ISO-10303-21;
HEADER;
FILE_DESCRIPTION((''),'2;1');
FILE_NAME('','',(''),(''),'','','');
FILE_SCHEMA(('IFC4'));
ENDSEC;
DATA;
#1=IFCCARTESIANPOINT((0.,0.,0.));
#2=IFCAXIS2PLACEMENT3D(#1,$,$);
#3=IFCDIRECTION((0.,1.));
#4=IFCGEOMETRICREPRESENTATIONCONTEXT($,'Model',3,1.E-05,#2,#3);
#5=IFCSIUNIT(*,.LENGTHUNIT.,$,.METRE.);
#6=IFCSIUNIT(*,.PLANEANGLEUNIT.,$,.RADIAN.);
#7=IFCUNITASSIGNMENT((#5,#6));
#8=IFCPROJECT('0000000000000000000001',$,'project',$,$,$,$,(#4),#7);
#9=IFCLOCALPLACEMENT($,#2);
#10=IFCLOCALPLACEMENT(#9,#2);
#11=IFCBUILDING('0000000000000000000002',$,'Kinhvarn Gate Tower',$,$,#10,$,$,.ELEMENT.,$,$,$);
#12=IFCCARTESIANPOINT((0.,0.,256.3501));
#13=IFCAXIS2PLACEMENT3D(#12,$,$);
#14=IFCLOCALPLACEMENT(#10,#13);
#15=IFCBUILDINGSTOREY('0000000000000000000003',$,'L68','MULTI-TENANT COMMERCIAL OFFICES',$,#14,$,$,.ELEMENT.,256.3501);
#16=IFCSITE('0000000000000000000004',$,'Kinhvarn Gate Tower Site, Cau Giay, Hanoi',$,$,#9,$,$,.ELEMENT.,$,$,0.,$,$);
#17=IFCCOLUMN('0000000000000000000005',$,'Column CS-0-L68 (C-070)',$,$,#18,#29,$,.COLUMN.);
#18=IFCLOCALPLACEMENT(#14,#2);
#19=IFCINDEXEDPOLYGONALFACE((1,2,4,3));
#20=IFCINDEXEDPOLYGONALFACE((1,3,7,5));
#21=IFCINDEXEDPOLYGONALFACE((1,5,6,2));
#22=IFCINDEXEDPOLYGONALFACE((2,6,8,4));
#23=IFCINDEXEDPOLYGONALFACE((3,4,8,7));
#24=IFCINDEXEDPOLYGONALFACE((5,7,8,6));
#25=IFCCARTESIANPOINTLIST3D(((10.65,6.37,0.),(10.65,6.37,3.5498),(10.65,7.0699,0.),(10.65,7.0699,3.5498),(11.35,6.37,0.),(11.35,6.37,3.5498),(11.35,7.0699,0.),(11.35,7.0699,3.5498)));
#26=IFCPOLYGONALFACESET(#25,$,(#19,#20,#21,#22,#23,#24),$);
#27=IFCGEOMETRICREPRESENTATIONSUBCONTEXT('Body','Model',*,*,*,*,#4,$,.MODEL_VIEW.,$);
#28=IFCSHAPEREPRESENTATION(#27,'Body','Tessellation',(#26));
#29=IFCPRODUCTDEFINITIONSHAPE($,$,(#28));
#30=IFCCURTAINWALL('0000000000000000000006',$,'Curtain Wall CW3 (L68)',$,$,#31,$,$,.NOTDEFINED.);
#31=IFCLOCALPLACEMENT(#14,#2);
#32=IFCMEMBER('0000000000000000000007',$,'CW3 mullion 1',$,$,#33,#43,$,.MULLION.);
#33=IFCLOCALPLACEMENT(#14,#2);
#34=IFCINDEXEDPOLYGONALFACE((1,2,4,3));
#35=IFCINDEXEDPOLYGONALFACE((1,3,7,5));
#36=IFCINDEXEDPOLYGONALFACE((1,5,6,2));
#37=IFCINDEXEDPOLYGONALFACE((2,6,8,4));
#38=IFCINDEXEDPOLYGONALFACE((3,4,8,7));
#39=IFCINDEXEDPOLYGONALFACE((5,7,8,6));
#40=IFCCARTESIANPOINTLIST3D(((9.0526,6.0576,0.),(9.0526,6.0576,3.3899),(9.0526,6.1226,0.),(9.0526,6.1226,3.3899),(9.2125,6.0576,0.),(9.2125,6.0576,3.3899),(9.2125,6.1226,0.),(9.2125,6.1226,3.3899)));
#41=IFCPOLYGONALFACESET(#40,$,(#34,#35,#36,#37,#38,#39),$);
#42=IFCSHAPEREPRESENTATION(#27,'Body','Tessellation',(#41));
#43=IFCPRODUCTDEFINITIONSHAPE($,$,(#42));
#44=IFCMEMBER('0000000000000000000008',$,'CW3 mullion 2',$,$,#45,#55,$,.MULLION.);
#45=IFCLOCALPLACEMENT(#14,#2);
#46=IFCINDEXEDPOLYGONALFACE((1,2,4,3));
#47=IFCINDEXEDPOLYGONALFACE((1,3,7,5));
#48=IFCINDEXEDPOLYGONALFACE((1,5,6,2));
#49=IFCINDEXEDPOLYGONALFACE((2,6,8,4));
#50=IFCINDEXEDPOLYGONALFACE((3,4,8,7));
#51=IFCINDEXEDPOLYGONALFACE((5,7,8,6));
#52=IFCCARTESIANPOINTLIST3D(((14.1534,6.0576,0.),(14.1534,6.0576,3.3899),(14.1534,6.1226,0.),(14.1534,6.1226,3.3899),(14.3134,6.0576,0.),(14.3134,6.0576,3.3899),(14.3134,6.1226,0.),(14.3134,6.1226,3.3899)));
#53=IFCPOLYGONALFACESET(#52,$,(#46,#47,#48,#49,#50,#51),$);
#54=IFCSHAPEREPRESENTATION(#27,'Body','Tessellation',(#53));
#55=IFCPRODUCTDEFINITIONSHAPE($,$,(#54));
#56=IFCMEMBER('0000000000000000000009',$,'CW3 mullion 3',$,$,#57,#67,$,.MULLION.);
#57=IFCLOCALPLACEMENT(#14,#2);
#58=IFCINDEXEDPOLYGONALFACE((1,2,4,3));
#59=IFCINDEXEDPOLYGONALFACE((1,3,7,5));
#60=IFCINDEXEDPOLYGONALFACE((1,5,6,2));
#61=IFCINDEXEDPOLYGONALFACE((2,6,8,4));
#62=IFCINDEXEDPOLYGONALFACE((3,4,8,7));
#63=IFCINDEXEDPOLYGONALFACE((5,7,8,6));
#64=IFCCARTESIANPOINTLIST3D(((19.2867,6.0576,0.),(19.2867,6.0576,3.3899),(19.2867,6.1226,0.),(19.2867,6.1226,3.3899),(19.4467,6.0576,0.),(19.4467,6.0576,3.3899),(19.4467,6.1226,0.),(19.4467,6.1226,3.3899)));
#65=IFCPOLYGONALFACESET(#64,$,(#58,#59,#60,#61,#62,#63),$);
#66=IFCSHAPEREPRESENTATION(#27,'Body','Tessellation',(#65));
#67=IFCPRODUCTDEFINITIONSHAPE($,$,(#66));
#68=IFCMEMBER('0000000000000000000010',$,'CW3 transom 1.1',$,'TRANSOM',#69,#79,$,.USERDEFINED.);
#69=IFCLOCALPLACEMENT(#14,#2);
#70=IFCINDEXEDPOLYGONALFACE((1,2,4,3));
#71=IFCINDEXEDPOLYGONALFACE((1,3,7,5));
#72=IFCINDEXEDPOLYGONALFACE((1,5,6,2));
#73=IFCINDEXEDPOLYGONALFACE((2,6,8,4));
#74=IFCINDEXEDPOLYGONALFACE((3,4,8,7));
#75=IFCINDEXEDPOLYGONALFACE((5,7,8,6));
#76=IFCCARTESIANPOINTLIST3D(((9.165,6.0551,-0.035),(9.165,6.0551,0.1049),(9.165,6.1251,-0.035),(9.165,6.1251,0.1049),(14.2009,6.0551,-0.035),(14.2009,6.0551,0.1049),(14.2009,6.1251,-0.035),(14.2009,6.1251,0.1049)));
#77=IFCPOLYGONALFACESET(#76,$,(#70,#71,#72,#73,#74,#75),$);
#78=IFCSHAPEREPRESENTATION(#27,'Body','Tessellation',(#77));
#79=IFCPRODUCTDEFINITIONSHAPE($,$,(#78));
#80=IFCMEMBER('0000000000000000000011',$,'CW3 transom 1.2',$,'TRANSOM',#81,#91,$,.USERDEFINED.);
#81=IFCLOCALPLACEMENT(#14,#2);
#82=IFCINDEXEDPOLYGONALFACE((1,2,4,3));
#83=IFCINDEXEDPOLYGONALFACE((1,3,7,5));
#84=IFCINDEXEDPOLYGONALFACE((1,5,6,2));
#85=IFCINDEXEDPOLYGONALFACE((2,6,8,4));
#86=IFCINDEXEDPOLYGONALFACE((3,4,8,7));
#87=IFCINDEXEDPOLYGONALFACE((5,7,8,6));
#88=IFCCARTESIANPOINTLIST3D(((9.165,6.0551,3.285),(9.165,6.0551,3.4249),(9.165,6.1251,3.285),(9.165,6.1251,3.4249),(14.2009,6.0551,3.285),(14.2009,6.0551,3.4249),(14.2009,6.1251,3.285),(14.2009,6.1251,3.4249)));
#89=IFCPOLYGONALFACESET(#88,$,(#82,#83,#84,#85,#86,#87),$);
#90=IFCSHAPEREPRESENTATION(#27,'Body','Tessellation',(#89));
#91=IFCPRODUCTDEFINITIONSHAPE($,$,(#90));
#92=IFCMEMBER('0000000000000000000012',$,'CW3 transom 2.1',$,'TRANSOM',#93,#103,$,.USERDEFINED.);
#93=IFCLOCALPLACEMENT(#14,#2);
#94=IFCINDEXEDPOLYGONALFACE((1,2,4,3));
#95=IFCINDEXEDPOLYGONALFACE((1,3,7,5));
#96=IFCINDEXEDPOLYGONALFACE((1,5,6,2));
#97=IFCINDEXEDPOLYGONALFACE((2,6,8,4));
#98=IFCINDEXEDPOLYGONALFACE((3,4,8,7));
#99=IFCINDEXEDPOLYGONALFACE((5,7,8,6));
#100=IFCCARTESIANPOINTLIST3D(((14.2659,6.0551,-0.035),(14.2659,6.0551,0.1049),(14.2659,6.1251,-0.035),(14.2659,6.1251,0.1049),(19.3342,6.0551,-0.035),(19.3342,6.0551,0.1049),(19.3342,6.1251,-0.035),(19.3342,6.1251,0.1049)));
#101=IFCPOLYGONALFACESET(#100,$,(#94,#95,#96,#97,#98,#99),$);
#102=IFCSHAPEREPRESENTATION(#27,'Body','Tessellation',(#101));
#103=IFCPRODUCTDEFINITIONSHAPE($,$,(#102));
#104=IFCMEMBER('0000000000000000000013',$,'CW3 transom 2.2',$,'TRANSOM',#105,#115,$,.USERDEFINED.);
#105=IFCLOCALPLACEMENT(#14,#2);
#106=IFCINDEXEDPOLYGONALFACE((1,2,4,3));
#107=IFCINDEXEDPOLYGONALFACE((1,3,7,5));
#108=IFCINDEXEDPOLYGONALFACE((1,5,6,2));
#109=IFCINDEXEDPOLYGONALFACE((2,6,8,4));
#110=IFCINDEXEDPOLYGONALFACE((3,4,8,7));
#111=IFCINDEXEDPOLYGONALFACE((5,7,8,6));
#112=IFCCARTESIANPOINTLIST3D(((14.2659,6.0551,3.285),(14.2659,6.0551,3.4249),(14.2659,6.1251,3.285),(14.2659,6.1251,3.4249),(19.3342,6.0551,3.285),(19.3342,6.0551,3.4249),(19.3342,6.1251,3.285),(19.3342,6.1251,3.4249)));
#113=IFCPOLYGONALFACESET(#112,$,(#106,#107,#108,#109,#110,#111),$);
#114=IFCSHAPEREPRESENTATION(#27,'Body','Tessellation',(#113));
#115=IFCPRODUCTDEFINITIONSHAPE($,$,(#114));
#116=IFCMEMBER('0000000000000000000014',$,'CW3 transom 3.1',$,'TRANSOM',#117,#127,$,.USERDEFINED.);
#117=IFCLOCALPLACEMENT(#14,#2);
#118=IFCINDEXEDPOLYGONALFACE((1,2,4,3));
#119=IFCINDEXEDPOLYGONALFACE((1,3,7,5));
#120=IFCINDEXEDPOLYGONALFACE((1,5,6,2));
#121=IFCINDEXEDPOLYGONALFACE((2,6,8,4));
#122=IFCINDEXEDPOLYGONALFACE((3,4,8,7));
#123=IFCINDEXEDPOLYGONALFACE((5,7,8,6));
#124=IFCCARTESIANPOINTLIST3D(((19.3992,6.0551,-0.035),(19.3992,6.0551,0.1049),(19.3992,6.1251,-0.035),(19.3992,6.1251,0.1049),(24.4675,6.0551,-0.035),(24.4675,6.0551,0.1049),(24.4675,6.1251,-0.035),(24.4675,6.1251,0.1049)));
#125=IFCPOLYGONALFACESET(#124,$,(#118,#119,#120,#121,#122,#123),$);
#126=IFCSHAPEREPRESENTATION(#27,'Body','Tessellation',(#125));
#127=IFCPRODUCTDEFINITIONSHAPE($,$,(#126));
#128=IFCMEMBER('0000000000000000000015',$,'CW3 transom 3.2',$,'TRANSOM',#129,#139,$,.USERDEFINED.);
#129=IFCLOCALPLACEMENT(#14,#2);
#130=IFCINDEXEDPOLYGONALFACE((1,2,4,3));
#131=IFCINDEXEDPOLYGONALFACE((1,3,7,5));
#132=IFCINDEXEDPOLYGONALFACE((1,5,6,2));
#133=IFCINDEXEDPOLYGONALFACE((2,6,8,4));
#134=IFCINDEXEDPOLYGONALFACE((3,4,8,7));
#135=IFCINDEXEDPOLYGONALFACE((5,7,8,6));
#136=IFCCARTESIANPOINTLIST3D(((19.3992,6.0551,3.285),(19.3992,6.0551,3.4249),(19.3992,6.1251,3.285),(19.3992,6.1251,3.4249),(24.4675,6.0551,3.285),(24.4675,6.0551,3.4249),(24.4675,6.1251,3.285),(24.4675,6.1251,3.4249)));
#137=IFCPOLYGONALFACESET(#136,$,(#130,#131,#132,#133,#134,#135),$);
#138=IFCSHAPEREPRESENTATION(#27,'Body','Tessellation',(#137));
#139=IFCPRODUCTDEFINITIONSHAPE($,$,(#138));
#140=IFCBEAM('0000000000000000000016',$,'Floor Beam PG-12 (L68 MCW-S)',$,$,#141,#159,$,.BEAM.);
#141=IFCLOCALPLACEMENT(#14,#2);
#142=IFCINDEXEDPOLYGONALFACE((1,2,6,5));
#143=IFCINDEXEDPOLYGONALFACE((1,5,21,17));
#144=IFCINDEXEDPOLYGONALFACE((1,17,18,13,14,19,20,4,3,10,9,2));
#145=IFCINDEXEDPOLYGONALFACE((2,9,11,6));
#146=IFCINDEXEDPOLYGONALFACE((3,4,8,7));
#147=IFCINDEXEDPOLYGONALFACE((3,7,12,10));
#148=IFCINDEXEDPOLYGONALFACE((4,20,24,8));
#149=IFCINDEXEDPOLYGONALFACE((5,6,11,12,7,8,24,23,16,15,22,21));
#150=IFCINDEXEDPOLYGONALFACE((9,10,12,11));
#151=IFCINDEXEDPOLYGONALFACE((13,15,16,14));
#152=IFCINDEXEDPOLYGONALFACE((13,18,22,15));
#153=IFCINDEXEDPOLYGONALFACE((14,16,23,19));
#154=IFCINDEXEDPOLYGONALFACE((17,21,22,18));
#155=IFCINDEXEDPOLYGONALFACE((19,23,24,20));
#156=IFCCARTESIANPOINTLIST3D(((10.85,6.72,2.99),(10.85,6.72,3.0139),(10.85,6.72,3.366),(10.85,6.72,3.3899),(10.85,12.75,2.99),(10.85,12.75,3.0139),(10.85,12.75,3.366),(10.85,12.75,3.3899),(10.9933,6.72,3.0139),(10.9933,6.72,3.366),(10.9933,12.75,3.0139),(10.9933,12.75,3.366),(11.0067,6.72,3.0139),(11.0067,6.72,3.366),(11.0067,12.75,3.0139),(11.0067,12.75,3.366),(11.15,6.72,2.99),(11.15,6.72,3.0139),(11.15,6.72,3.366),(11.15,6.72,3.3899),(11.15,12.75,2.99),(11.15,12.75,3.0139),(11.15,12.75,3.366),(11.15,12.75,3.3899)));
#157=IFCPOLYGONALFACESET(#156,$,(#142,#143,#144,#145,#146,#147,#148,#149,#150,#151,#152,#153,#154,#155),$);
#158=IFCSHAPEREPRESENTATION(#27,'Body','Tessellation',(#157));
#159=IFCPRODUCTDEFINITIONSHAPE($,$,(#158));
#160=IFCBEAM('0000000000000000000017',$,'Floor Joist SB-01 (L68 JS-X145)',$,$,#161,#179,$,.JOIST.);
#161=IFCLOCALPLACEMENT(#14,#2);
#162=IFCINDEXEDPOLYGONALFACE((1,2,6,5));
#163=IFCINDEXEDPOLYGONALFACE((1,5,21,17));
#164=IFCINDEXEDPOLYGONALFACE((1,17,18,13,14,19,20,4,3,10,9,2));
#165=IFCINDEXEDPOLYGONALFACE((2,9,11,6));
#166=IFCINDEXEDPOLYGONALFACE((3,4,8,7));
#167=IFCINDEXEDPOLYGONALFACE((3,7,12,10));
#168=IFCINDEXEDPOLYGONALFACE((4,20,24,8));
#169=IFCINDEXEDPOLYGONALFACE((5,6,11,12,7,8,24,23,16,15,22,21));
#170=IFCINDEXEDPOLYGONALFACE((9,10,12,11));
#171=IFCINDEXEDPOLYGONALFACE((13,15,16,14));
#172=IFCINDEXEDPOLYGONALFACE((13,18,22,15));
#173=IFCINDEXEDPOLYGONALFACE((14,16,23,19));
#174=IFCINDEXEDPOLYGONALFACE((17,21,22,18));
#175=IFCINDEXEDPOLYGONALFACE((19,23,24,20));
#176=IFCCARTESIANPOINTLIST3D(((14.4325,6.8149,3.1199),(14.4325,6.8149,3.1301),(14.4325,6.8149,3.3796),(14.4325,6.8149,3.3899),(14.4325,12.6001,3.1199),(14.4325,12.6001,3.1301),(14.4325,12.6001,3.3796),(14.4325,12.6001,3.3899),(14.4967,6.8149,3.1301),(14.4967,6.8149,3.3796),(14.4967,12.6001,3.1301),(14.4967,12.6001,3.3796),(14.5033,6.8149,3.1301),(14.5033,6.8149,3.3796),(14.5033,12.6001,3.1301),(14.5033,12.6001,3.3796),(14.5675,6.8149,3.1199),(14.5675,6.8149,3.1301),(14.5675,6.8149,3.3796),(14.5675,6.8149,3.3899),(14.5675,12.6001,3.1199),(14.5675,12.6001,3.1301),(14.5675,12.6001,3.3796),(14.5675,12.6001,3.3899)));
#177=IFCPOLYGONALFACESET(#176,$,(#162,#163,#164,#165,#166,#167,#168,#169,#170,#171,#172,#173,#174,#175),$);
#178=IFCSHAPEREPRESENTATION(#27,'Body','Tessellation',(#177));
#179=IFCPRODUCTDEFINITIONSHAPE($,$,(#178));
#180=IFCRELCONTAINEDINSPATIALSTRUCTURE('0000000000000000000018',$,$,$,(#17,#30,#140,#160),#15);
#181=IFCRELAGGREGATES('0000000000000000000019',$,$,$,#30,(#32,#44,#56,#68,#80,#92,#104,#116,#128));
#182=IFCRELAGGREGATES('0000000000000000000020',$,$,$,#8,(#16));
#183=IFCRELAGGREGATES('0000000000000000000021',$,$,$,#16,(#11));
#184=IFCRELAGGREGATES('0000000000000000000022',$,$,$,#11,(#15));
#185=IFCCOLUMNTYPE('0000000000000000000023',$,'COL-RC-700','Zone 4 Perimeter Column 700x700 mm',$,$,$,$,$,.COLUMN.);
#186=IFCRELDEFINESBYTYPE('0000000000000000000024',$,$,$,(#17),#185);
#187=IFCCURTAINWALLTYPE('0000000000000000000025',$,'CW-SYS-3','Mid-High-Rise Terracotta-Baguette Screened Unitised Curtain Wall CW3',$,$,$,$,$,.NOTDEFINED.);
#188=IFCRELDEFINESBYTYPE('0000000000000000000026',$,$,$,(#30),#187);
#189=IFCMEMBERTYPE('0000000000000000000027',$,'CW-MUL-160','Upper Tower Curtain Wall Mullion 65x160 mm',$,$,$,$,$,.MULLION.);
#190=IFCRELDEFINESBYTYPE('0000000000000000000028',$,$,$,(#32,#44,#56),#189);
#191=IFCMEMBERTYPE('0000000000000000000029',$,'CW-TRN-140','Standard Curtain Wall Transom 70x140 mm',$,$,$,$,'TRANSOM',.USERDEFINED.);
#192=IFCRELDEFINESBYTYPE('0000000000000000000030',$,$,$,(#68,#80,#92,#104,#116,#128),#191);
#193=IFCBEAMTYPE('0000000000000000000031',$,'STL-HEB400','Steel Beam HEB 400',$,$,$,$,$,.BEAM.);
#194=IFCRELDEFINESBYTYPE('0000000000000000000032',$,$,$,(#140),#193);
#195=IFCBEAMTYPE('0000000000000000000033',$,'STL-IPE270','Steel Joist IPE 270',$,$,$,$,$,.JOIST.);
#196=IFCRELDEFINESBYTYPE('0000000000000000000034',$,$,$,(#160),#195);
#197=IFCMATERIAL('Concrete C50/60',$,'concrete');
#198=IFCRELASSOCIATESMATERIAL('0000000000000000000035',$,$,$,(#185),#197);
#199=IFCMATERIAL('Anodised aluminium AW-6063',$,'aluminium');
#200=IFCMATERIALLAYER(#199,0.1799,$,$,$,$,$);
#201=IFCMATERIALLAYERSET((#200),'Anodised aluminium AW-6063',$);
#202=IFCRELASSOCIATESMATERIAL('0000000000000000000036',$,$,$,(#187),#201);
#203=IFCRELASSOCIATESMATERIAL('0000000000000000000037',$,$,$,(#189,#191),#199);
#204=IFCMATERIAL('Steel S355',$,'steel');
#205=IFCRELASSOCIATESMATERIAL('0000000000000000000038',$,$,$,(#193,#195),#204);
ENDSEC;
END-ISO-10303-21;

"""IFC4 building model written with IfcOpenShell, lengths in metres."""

from ifc_helpers import new_model, si_unit, direction, frame, origin, origin_2d, place, context, subcontext, project, spatial, rectangle, i_section, extrude, material, layer, layer_set, material_profile, profile_set, type_object, element, aggregate, save


model = new_model("IFC4")

# Units and contexts
model_context = context("Model", 3, precision=1e-05, world=origin(), true_north=direction((0.0, 1.0)))
body_context = subcontext(model_context, "Body", "Model", "MODEL_VIEW")
ifc_project = project(units=[si_unit("LENGTHUNIT", "METRE"), si_unit("PLANEANGLEUNIT", "RADIAN")], contexts=[model_context])

# Site, building, storey
site_placement = place(None, origin())
site = spatial("IfcSite", under=ifc_project, at=site_placement, Name="Kinhvarn Gate Tower Site, Cau Giay, Hanoi", CompositionType="ELEMENT", RefElevation=0.0)
building_placement = place(site_placement, origin())
building = spatial("IfcBuilding", under=site, at=building_placement, Name="Kinhvarn Gate Tower", CompositionType="ELEMENT")
storey_placement = place(building_placement, frame((0.0, 0.0, 256.3501)))
storey = spatial("IfcBuildingStorey", under=building, at=storey_placement, Name="L68", Description="MULTI-TENANT COMMERCIAL OFFICES", CompositionType="ELEMENT", Elevation=256.3501)

# Column
ifc_material_1 = material(Name="Concrete C50/60", Category="concrete")
ifc_material_profile_1 = material_profile(ifc_material_1, rectangle(XDim=0.7, YDim=0.7, at=origin_2d()), Name="RC 700x700")
ifc_profile_set_1 = profile_set([ifc_material_profile_1], Name="Concrete C50/60")
column_type = type_object("IfcColumnType", Name="COL-RC-700", Description="Zone 4 Perimeter Column 700x700 mm", PredefinedType="COLUMN", material=ifc_profile_set_1)
column_placement = place(storey_placement, frame((11.0, 6.72, 0.0), z_axis=(0.0, 0.0, 1.0), x_axis=(1.0, 0.0, 0.0)))
element("IfcColumn", 1, at=column_placement, inside=storey, type_object=column_type, Name="Column CS-0-L68 (C-070)", PredefinedType="COLUMN", context=body_context, shape_type="SweptSolid", body=[
    extrude(rectangle(XDim=0.7, YDim=0.7, at=origin_2d()), origin(), (0.0, 0.0, 1.0), 3.5498),
])

# Curtain wall, members
ifc_material_2 = material(Name="Anodised aluminium AW-6063", Category="aluminium")
ifc_layer_1 = layer(ifc_material_2, 0.1799)
ifc_layer_set_1 = layer_set([ifc_layer_1], Name="Anodised aluminium AW-6063")
curtain_wall_type = type_object("IfcCurtainWallType", Name="CW-SYS-3", Description="Mid-High-Rise Terracotta-Baguette Screened Unitised Curtain Wall CW3", PredefinedType="NOTDEFINED", material=ifc_layer_set_1)
curtain_wall_placement = place(storey_placement, origin())
curtain_wall = element("IfcCurtainWall", 2, at=curtain_wall_placement, inside=storey, type_object=curtain_wall_type, Name="Curtain Wall CW3 (L68)", PredefinedType="NOTDEFINED")
ifc_material_profile_2 = material_profile(ifc_material_2, rectangle(XDim=0.0649, YDim=0.1599, at=origin_2d()), Name="ALU 65x160")
ifc_profile_set_2 = profile_set([ifc_material_profile_2], Name="Anodised aluminium AW-6063")
member_type_1 = type_object("IfcMemberType", Name="CW-MUL-160", Description="Upper Tower Curtain Wall Mullion 65x160 mm", PredefinedType="MULLION", material=ifc_profile_set_2)
member_1_placement = place(storey_placement, frame((9.1326, 6.0901, 0.0), z_axis=(0.0, 0.0, 1.0), x_axis=(0.0, 1.0, 0.0)))
member_1 = element("IfcMember", 3, at=member_1_placement, type_object=member_type_1, Name="CW3 mullion 1", PredefinedType="MULLION", context=body_context, shape_type="SweptSolid", body=[
    extrude(rectangle(XDim=0.0649, YDim=0.1599, at=origin_2d()), origin(), (0.0, 0.0, 1.0), 3.3899),
])
member_2_placement = place(storey_placement, frame((14.2334, 6.0901, 0.0), z_axis=(0.0, 0.0, 1.0), x_axis=(0.0, 1.0, 0.0)))
member_2 = element("IfcMember", 4, at=member_2_placement, type_object=member_type_1, Name="CW3 mullion 2", PredefinedType="MULLION", context=body_context, shape_type="SweptSolid", body=[
    extrude(rectangle(XDim=0.0649, YDim=0.1599, at=origin_2d()), origin(), (0.0, 0.0, 1.0), 3.3899),
])
member_3_placement = place(storey_placement, frame((19.3667, 6.0901, 0.0), z_axis=(0.0, 0.0, 1.0), x_axis=(0.0, 1.0, 0.0)))
member_3 = element("IfcMember", 5, at=member_3_placement, type_object=member_type_1, Name="CW3 mullion 3", PredefinedType="MULLION", context=body_context, shape_type="SweptSolid", body=[
    extrude(rectangle(XDim=0.0649, YDim=0.1599, at=origin_2d()), origin(), (0.0, 0.0, 1.0), 3.3899),
])
ifc_material_profile_3 = material_profile(ifc_material_2, rectangle(XDim=0.0701, YDim=0.1399, at=origin_2d()), Name="ALU 70x140")
ifc_profile_set_3 = profile_set([ifc_material_profile_3], Name="Anodised aluminium AW-6063")
member_type_2 = type_object("IfcMemberType", Name="CW-TRN-140", Description="Standard Curtain Wall Transom 70x140 mm", ElementType="TRANSOM", PredefinedType="USERDEFINED", material=ifc_profile_set_3)
member_4_placement = place(storey_placement, frame((9.165, 6.0901, 0.0349), z_axis=(1.0, 0.0, 0.0), x_axis=(0.0, 1.0, 0.0)))
member_4 = element("IfcMember", 6, at=member_4_placement, type_object=member_type_2, Name="CW3 transom 1.1", ObjectType="TRANSOM", PredefinedType="USERDEFINED", context=body_context, shape_type="SweptSolid", body=[
    extrude(rectangle(XDim=0.0701, YDim=0.1399, at=origin_2d()), origin(), (0.0, 0.0, 1.0), 5.0359),
])
member_5_placement = place(storey_placement, frame((9.165, 6.0901, 3.355), z_axis=(1.0, 0.0, 0.0), x_axis=(0.0, 1.0, 0.0)))
member_5 = element("IfcMember", 7, at=member_5_placement, type_object=member_type_2, Name="CW3 transom 1.2", ObjectType="TRANSOM", PredefinedType="USERDEFINED", context=body_context, shape_type="SweptSolid", body=[
    extrude(rectangle(XDim=0.0701, YDim=0.1399, at=origin_2d()), origin(), (0.0, 0.0, 1.0), 5.0359),
])
member_6_placement = place(storey_placement, frame((14.2659, 6.0901, 0.0349), z_axis=(1.0, 0.0, 0.0), x_axis=(0.0, 1.0, 0.0)))
member_6 = element("IfcMember", 8, at=member_6_placement, type_object=member_type_2, Name="CW3 transom 2.1", ObjectType="TRANSOM", PredefinedType="USERDEFINED", context=body_context, shape_type="SweptSolid", body=[
    extrude(rectangle(XDim=0.0701, YDim=0.1399, at=origin_2d()), origin(), (0.0, 0.0, 1.0), 5.0684),
])
member_7_placement = place(storey_placement, frame((14.2659, 6.0901, 3.355), z_axis=(1.0, 0.0, 0.0), x_axis=(0.0, 1.0, 0.0)))
member_7 = element("IfcMember", 9, at=member_7_placement, type_object=member_type_2, Name="CW3 transom 2.2", ObjectType="TRANSOM", PredefinedType="USERDEFINED", context=body_context, shape_type="SweptSolid", body=[
    extrude(rectangle(XDim=0.0701, YDim=0.1399, at=origin_2d()), origin(), (0.0, 0.0, 1.0), 5.0684),
])
member_8_placement = place(storey_placement, frame((19.3992, 6.0901, 0.0349), z_axis=(1.0, 0.0, 0.0), x_axis=(0.0, 1.0, 0.0)))
member_8 = element("IfcMember", 10, at=member_8_placement, type_object=member_type_2, Name="CW3 transom 3.1", ObjectType="TRANSOM", PredefinedType="USERDEFINED", context=body_context, shape_type="SweptSolid", body=[
    extrude(rectangle(XDim=0.0701, YDim=0.1399, at=origin_2d()), origin(), (0.0, 0.0, 1.0), 5.0684),
])
member_9_placement = place(storey_placement, frame((19.3992, 6.0901, 3.355), z_axis=(1.0, 0.0, 0.0), x_axis=(0.0, 1.0, 0.0)))
member_9 = element("IfcMember", 11, at=member_9_placement, type_object=member_type_2, Name="CW3 transom 3.2", ObjectType="TRANSOM", PredefinedType="USERDEFINED", context=body_context, shape_type="SweptSolid", body=[
    extrude(rectangle(XDim=0.0701, YDim=0.1399, at=origin_2d()), origin(), (0.0, 0.0, 1.0), 5.0684),
])

# Beams
ifc_material_3 = material(Name="Steel S355", Category="steel")
ifc_material_profile_4 = material_profile(ifc_material_3, i_section(OverallWidth=0.3, OverallDepth=0.3999, WebThickness=0.0134, FlangeThickness=0.0239, at=origin_2d()), Name="HEB 400")
ifc_profile_set_4 = profile_set([ifc_material_profile_4], Name="Steel S355")
beam_type_1 = type_object("IfcBeamType", Name="STL-HEB400", Description="Steel Beam HEB 400", PredefinedType="BEAM", material=ifc_profile_set_4)
beam_1_placement = place(storey_placement, frame((11.0, 6.72, 3.1899), z_axis=(0.0, 1.0, 0.0), x_axis=(-1.0, 0.0, 0.0)))
element("IfcBeam", 12, at=beam_1_placement, inside=storey, type_object=beam_type_1, Name="Floor Beam PG-12 (L68 MCW-S)", PredefinedType="BEAM", context=body_context, shape_type="SweptSolid", body=[
    extrude(i_section(OverallWidth=0.3, OverallDepth=0.3999, WebThickness=0.0134, FlangeThickness=0.0239, at=origin_2d()), origin(), (0.0, 0.0, 1.0), 6.03),
])
ifc_material_profile_5 = material_profile(ifc_material_3, i_section(OverallWidth=0.135, OverallDepth=0.27, WebThickness=0.0066, FlangeThickness=0.0103, at=origin_2d()), Name="IPE 270")
ifc_profile_set_5 = profile_set([ifc_material_profile_5], Name="Steel S355")
beam_type_2 = type_object("IfcBeamType", Name="STL-IPE270", Description="Steel Joist IPE 270", PredefinedType="JOIST", material=ifc_profile_set_5)
for number, where, z_axis, x_axis, name in (
    (13, (14.5, 6.8149, 3.2549), (0.0, 1.0, 0.0), (-1.0, 0.0, 0.0), "Floor Joist SB-01 (L68 JS-X145)"),
):
    element("IfcBeam", number, at=place(storey_placement, frame(where, z_axis=z_axis, x_axis=x_axis)), inside=storey, type_object=beam_type_2, Name=name, PredefinedType="JOIST", context=body_context, shape_type="SweptSolid", body=[
        extrude(i_section(OverallWidth=0.135, OverallDepth=0.27, WebThickness=0.0066, FlangeThickness=0.0103, at=origin_2d()), origin(), (0.0, 0.0, 1.0), 5.7852),
    ])

aggregate(curtain_wall, [member_1, member_2, member_3, member_4, member_5, member_6, member_7, member_8, member_9])

save(model, "model.ifc")
